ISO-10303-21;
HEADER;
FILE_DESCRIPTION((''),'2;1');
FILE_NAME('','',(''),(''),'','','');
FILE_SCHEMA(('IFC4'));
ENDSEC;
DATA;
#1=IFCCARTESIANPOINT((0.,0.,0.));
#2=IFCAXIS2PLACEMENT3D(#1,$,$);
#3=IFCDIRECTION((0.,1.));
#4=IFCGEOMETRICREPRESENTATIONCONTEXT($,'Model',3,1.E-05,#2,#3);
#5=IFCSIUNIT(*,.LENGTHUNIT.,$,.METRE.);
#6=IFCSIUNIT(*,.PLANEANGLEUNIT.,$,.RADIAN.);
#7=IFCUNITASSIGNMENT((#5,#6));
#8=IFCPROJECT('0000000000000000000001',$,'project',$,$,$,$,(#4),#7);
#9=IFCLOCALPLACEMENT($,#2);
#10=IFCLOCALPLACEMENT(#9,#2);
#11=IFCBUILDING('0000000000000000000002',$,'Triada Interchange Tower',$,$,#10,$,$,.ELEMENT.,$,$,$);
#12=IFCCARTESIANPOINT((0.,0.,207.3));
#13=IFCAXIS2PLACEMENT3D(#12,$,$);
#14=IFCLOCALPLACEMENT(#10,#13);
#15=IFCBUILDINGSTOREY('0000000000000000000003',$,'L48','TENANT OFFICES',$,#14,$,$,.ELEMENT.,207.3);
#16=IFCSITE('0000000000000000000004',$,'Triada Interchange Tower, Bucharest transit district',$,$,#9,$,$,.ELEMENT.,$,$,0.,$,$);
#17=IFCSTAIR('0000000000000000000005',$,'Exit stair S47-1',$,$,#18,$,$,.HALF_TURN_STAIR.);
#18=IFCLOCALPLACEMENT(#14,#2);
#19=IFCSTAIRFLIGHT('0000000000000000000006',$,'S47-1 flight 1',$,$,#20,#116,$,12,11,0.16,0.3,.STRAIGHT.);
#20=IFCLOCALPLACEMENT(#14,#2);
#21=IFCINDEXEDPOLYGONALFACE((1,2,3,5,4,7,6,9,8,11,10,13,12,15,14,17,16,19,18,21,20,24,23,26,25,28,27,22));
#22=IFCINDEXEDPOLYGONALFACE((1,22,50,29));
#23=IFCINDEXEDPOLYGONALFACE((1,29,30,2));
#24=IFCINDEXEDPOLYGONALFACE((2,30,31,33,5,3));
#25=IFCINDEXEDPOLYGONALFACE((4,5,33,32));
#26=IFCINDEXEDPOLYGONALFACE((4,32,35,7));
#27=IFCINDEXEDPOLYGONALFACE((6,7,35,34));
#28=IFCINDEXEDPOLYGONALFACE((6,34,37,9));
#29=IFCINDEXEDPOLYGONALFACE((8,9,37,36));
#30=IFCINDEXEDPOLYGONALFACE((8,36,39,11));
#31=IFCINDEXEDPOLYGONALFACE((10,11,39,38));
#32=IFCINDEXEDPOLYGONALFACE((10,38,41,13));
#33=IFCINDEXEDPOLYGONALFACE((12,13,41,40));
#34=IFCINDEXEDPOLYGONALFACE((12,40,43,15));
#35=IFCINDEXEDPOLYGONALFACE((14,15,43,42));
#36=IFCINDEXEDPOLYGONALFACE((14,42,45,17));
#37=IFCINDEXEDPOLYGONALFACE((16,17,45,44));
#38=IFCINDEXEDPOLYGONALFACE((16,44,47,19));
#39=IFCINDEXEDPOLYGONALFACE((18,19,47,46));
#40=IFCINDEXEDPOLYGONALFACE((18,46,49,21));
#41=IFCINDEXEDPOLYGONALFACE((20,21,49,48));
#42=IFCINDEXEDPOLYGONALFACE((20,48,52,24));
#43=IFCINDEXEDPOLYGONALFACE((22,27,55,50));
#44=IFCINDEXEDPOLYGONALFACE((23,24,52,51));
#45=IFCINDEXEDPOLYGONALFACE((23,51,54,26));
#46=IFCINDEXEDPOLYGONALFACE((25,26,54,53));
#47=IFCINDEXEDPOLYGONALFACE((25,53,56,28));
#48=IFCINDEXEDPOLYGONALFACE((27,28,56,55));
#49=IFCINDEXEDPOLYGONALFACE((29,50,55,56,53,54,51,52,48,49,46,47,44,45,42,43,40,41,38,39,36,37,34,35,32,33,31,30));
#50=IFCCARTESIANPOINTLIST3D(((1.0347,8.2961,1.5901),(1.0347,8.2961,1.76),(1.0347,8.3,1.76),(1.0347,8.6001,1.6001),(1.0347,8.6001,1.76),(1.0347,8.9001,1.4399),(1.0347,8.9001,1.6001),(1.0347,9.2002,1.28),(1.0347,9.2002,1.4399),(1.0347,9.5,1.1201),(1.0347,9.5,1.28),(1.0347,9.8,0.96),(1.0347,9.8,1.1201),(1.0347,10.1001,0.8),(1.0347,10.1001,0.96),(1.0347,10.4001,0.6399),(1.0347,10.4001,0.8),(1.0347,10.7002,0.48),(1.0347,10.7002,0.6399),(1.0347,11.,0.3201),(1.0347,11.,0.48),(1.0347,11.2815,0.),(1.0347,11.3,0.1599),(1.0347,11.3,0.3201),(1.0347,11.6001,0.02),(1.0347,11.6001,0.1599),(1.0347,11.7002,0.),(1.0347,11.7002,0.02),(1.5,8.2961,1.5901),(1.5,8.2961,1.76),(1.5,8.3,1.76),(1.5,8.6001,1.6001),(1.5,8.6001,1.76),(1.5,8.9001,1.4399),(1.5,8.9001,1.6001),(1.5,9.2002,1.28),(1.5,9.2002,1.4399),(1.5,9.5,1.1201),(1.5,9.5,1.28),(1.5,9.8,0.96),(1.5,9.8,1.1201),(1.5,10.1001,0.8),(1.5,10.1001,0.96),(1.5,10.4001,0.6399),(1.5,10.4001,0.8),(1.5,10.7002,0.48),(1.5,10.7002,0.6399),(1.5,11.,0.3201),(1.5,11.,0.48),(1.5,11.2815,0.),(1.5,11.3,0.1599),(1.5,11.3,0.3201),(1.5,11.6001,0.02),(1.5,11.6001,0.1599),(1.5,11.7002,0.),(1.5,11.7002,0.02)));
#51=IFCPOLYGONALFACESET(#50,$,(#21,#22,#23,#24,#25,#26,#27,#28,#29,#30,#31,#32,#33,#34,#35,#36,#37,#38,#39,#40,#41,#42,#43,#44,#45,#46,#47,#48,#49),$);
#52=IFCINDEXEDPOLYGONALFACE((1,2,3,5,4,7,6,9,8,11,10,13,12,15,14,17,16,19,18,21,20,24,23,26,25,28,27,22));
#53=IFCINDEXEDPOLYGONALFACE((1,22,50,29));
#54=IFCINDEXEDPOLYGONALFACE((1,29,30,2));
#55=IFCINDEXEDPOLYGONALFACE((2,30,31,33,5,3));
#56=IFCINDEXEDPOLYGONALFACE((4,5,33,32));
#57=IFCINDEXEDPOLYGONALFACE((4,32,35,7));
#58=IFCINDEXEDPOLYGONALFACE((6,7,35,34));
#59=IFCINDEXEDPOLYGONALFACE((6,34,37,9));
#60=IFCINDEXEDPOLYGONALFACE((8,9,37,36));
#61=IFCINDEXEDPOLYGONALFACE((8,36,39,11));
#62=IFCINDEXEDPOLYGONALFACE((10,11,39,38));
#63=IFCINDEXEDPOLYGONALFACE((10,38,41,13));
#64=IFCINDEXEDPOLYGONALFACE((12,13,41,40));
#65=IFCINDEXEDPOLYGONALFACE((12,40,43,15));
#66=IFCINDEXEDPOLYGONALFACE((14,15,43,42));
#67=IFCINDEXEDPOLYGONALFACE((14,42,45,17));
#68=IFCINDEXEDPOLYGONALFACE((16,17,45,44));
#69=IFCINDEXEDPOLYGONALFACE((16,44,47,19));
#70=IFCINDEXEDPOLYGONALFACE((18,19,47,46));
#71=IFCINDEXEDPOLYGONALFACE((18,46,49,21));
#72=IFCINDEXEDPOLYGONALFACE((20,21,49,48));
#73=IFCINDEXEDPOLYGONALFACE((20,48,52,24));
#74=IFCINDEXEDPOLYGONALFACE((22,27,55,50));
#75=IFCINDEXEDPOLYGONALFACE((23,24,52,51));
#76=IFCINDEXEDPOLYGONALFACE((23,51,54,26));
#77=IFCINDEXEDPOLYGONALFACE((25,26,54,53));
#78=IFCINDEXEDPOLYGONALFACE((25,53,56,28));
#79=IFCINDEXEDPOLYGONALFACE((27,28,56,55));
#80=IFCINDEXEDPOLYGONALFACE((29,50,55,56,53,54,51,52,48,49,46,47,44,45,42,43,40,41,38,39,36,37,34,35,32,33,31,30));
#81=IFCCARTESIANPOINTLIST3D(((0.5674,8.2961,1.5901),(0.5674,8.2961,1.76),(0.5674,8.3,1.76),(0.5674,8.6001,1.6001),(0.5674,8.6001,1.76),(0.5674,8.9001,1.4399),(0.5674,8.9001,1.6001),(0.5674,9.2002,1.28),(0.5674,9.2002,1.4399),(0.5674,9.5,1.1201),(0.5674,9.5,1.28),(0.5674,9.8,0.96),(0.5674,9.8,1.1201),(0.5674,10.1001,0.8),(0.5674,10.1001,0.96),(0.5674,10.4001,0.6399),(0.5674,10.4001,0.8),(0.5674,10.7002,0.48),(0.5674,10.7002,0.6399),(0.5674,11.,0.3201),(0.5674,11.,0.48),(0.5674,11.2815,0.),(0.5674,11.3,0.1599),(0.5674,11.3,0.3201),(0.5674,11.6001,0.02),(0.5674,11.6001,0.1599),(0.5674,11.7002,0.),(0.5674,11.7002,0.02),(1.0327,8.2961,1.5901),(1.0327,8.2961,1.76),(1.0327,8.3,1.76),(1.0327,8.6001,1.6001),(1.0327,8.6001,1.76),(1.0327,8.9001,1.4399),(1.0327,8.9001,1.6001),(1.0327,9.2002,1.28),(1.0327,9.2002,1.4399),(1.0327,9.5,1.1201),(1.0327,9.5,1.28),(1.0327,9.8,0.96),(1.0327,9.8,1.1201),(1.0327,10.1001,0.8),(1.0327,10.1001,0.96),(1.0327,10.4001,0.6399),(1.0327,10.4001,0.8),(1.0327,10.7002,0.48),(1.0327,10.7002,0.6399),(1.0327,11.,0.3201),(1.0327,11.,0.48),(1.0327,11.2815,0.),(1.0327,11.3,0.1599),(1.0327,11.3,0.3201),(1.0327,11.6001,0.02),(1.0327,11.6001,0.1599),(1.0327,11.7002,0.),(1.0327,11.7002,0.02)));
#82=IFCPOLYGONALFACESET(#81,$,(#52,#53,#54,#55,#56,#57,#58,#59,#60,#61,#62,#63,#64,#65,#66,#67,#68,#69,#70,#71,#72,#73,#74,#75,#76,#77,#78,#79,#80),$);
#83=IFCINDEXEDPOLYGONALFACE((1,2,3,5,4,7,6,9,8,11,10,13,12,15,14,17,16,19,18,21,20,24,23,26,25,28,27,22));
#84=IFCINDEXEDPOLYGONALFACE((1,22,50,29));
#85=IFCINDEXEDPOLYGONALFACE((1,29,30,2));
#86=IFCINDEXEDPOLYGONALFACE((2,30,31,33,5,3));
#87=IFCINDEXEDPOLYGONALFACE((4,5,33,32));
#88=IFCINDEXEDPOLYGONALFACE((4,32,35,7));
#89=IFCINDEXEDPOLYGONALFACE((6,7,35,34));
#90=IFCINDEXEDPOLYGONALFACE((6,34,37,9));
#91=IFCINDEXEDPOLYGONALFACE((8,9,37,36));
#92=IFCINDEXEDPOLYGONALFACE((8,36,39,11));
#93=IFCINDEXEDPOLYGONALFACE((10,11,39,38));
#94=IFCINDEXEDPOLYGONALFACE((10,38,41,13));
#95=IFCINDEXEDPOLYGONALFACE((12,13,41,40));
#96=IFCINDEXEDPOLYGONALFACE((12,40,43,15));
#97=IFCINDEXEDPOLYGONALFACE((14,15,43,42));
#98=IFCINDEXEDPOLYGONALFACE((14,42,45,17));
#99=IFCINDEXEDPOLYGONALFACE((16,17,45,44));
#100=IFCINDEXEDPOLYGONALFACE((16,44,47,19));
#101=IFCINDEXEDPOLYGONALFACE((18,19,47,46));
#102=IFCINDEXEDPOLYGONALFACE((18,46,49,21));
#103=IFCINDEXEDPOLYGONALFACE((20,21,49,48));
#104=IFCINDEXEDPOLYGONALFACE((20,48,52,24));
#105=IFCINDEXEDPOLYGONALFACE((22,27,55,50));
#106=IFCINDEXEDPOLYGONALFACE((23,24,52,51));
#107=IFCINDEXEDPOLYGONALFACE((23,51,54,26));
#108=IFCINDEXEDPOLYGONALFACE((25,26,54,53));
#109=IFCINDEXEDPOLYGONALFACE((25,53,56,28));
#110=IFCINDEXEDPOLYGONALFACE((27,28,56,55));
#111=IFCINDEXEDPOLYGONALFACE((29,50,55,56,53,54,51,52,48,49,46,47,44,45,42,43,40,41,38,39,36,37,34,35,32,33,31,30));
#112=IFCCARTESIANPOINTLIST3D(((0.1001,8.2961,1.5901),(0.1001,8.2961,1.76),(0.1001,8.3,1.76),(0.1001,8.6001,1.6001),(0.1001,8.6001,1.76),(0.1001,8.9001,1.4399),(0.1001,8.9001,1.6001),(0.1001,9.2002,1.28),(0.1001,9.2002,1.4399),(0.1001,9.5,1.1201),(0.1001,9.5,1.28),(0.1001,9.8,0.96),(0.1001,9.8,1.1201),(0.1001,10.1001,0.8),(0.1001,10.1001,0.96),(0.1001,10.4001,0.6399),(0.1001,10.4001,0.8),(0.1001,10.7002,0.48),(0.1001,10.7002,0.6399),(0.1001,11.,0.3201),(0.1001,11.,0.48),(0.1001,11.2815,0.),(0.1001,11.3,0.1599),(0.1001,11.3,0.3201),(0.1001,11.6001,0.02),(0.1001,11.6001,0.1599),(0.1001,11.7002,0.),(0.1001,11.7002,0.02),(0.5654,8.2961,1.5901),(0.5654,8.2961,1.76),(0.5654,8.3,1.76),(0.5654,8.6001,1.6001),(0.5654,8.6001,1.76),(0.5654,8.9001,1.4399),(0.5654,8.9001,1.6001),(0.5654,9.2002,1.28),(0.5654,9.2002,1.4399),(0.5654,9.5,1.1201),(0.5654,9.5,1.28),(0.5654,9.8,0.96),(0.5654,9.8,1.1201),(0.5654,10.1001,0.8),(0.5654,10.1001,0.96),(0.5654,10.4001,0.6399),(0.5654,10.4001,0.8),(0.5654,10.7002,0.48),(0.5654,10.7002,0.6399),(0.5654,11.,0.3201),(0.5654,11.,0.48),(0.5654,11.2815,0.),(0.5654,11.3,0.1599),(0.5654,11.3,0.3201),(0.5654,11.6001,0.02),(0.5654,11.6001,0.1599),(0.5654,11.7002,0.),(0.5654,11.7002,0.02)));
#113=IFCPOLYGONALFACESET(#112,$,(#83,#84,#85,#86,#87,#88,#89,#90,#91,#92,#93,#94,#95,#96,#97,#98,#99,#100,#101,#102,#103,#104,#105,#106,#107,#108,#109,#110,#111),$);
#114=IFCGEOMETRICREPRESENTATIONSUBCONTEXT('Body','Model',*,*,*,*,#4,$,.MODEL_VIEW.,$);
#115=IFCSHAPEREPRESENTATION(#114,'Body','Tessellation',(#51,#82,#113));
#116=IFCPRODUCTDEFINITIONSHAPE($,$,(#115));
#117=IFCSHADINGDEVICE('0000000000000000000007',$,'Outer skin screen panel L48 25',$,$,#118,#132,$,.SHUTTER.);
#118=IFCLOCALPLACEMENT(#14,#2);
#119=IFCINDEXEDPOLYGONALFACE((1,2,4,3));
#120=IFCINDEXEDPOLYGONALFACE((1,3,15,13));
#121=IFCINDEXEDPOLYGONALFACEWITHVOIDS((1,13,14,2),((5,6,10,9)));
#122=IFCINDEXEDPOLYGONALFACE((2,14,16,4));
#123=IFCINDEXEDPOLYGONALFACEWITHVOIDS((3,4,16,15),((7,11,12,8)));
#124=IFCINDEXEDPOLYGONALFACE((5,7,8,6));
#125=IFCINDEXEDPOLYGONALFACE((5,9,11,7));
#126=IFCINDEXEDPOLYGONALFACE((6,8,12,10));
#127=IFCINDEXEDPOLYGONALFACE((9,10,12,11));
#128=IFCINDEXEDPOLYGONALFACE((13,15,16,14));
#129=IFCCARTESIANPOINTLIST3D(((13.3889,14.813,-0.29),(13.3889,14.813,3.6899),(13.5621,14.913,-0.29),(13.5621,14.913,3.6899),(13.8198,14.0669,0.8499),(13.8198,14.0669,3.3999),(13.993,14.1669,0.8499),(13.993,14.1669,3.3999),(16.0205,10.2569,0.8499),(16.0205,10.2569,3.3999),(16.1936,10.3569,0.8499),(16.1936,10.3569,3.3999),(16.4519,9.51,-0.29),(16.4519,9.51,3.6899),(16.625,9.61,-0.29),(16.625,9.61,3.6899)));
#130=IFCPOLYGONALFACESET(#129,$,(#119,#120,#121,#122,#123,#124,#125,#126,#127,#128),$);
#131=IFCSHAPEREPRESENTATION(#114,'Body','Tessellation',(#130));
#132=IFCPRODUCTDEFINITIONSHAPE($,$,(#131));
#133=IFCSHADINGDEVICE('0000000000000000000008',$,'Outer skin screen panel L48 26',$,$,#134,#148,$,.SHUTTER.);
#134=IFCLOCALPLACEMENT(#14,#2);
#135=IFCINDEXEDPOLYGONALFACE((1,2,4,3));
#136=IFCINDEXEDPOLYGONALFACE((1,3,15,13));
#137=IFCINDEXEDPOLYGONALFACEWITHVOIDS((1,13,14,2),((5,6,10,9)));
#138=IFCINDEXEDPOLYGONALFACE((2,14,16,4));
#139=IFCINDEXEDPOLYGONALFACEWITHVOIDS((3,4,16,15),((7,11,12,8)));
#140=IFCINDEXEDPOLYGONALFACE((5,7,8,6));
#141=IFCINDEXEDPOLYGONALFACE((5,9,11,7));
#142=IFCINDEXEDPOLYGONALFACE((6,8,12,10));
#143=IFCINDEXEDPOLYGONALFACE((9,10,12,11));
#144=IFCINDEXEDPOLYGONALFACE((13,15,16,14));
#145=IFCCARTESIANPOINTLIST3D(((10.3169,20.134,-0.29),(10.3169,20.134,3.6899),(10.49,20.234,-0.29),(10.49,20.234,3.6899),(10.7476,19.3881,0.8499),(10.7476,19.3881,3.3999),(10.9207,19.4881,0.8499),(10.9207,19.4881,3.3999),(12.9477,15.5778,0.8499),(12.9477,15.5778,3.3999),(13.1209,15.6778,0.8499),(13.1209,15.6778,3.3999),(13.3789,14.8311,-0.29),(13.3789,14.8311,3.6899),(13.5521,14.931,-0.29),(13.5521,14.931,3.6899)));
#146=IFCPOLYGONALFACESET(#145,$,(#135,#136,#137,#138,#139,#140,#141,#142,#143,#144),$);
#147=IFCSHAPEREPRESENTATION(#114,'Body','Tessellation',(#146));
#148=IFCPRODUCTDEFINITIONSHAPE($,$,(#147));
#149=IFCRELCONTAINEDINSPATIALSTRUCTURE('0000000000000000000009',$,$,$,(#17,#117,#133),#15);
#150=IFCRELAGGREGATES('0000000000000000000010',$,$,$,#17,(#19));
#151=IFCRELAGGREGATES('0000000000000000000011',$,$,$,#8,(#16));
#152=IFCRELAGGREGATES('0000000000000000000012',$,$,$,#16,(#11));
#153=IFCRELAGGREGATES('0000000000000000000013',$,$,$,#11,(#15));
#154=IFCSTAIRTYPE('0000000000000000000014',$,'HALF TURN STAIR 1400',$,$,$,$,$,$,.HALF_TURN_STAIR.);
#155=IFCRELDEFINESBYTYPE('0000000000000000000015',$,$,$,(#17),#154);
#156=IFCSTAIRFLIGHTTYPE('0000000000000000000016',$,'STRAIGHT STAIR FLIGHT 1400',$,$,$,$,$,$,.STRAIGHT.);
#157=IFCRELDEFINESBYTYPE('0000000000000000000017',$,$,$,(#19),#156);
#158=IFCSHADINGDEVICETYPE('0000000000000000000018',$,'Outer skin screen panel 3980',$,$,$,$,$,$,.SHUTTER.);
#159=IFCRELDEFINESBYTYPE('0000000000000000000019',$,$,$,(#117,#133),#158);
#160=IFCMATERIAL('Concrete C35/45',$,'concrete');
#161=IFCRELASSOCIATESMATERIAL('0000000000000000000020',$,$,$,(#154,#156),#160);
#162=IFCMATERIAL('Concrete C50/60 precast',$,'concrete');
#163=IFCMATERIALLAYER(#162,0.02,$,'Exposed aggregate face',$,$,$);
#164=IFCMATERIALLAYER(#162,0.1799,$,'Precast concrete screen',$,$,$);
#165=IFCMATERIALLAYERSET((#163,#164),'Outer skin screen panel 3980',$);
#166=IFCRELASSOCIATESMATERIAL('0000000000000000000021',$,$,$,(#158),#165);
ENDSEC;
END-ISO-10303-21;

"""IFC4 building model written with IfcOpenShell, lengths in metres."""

from ifc_helpers import new_model, si_unit, direction, frame, origin, place, context, subcontext, project, spatial, polyline, outline, extrude, material, layer, layer_set, type_object, element, aggregate, save


model = new_model("IFC4")

# Units and contexts
model_context = context("Model", 3, precision=1e-05, world=origin(), true_north=direction((0.0, 1.0)))
body_context = subcontext(model_context, "Body", "Model", "MODEL_VIEW")
ifc_project = project(units=[si_unit("LENGTHUNIT", "METRE"), si_unit("PLANEANGLEUNIT", "RADIAN")], contexts=[model_context])

# Site, building, storey
site_placement = place(None, origin())
site = spatial("IfcSite", under=ifc_project, at=site_placement, Name="Triada Interchange Tower, Bucharest transit district", CompositionType="ELEMENT", RefElevation=0.0)
building_placement = place(site_placement, origin())
building = spatial("IfcBuilding", under=site, at=building_placement, Name="Triada Interchange Tower", CompositionType="ELEMENT")
storey_placement = place(building_placement, frame((0.0, 0.0, 207.3)))
storey = spatial("IfcBuildingStorey", under=building, at=storey_placement, Name="L48", Description="TENANT OFFICES", CompositionType="ELEMENT", Elevation=207.3)

# Stair, stair flight
ifc_material_1 = material(Name="Concrete C35/45", Category="concrete")
stair_type = type_object("IfcStairType", Name="HALF TURN STAIR 1400", PredefinedType="HALF_TURN_STAIR", material=ifc_material_1)
stair_placement = place(storey_placement, origin())
stair = element("IfcStair", 1, at=stair_placement, inside=storey, type_object=stair_type, Name="Exit stair S47-1", PredefinedType="HALF_TURN_STAIR")
stair_flight_type = type_object("IfcStairFlightType", Name="STRAIGHT STAIR FLIGHT 1400", PredefinedType="STRAIGHT", material=ifc_material_1)
stair_flight_placement = place(storey_placement, frame((0.8, 11.6001, 0.0), z_axis=(0.0, 0.0, 1.0), x_axis=(0.0, -1.0, 0.0)))
stair_flight = element("IfcStairFlight", 2, at=stair_flight_placement, type_object=stair_flight_type, Name="S47-1 flight 1", NumberOfRisers=12, NumberOfTreads=11, PredefinedType="STRAIGHT", RiserHeight=0.16, TreadLength=0.3, context=body_context, shape_type="SweptSolid", body=[
    extrude(outline(polyline([(-0.1001, 0.0), (-0.1001, 0.02), (0.0, 0.02), (0.0, 0.1599), (0.3, 0.1599), (0.3, 0.3201), (0.6001, 0.3201), (0.6001, 0.48), (0.8999, 0.48), (0.8999, 0.6399), (1.2, 0.6399), (1.2, 0.8), (1.5, 0.8), (1.5, 0.96), (1.8, 0.96), (1.8, 1.1201), (2.1001, 1.1201), (2.1001, 1.28), (2.3999, 1.28), (2.3999, 1.4399), (2.7, 1.4399), (2.7, 1.6001), (3.0, 1.6001), (3.0, 1.76), (3.3, 1.76), (3.304, 1.76), (3.304, 1.9199), (3.304, 1.5901), (0.3186, 0.0), (-0.1001, 0.0)])), frame((0.0, 0.7, 0.0), z_axis=(0.0, -1.0, 0.0), x_axis=(1.0, 0.0, 0.0)), (0.0, 0.0, 1.0), 0.4653),
    extrude(outline(polyline([(-0.1001, 0.0), (-0.1001, 0.02), (0.0, 0.02), (0.0, 0.1599), (0.3, 0.1599), (0.3, 0.3201), (0.6001, 0.3201), (0.6001, 0.48), (0.8999, 0.48), (0.8999, 0.6399), (1.2, 0.6399), (1.2, 0.8), (1.5, 0.8), (1.5, 0.96), (1.8, 0.96), (1.8, 1.1201), (2.1001, 1.1201), (2.1001, 1.28), (2.3999, 1.28), (2.3999, 1.4399), (2.7, 1.4399), (2.7, 1.6001), (3.0, 1.6001), (3.0, 1.76), (3.3, 1.76), (3.304, 1.76), (3.304, 1.9199), (3.304, 1.5901), (0.3186, 0.0), (-0.1001, 0.0)])), frame((0.0, 0.2327, 0.0), z_axis=(0.0, -1.0, 0.0), x_axis=(1.0, 0.0, 0.0)), (0.0, 0.0, 1.0), 0.4653),
    extrude(outline(polyline([(-0.1001, 0.0), (-0.1001, 0.02), (0.0, 0.02), (0.0, 0.1599), (0.3, 0.1599), (0.3, 0.3201), (0.6001, 0.3201), (0.6001, 0.48), (0.8999, 0.48), (0.8999, 0.6399), (1.2, 0.6399), (1.2, 0.8), (1.5, 0.8), (1.5, 0.96), (1.8, 0.96), (1.8, 1.1201), (2.1001, 1.1201), (2.1001, 1.28), (2.3999, 1.28), (2.3999, 1.4399), (2.7, 1.4399), (2.7, 1.6001), (3.0, 1.6001), (3.0, 1.76), (3.3, 1.76), (3.304, 1.76), (3.304, 1.9199), (3.304, 1.5901), (0.3186, 0.0), (-0.1001, 0.0)])), frame((0.0, -0.2346, 0.0), z_axis=(0.0, -1.0, 0.0), x_axis=(1.0, 0.0, 0.0)), (0.0, 0.0, 1.0), 0.4653),
])

# Shading devices
ifc_material_2 = material(Name="Concrete C50/60 precast", Category="concrete")
ifc_layer_1 = layer(ifc_material_2, 0.02, Name="Exposed aggregate face")
ifc_layer_2 = layer(ifc_material_2, 0.1799, Name="Precast concrete screen")
ifc_layer_set_1 = layer_set([ifc_layer_1, ifc_layer_2], Name="Outer skin screen panel 3980")
shading_device_type = type_object("IfcShadingDeviceType", Name="Outer skin screen panel 3980", PredefinedType="SHUTTER", material=ifc_layer_set_1)
shading_device_1_placement = place(storey_placement, frame((16.4519, 9.51, -0.29), z_axis=(0.0, 0.0, 1.0), x_axis=(-0.500161, 0.865933, 0.0)))
element("IfcShadingDevice", 3, at=shading_device_1_placement, inside=storey, type_object=shading_device_type, Name="Outer skin screen panel L48 25", PredefinedType="SHUTTER", context=body_context, shape_type="SweptSolid", body=[
    extrude(outline(polyline([(0.0, 0.0), (6.124, 0.0), (6.124, 3.98), (0.0, 3.98), (0.0, 0.0)]), holes=[polyline([(0.8625, 1.1399), (0.8625, 3.6899), (5.2625, 3.6899), (5.2625, 1.1399), (0.8625, 1.1399)])]), frame((0.0, 0.0, 0.0), z_axis=(0.0, -1.0, 0.0), x_axis=(1.0, 0.0, 0.0)), (0.0, 0.0, 1.0), 0.2),
])
shading_device_2_placement = place(storey_placement, frame((13.3789, 14.8311, -0.29), z_axis=(0.0, 0.0, 1.0), x_axis=(-0.500041, 0.866002, 0.0)))
element("IfcShadingDevice", 4, at=shading_device_2_placement, inside=storey, type_object=shading_device_type, Name="Outer skin screen panel L48 26", PredefinedType="SHUTTER", context=body_context, shape_type="SweptSolid", body=[
    extrude(outline(polyline([(0.0, 0.0), (6.1235, 0.0), (6.1235, 3.98), (0.0, 3.98), (0.0, 0.0)]), holes=[polyline([(0.8623, 1.1399), (0.8623, 3.6899), (5.2622, 3.6899), (5.2622, 1.1399), (0.8623, 1.1399)])]), frame((0.0, 0.0, 0.0), z_axis=(0.0, -1.0, 0.0), x_axis=(1.0, 0.0, 0.0)), (0.0, 0.0, 1.0), 0.2),
])

aggregate(stair, [stair_flight])

save(model, "model.ifc")
